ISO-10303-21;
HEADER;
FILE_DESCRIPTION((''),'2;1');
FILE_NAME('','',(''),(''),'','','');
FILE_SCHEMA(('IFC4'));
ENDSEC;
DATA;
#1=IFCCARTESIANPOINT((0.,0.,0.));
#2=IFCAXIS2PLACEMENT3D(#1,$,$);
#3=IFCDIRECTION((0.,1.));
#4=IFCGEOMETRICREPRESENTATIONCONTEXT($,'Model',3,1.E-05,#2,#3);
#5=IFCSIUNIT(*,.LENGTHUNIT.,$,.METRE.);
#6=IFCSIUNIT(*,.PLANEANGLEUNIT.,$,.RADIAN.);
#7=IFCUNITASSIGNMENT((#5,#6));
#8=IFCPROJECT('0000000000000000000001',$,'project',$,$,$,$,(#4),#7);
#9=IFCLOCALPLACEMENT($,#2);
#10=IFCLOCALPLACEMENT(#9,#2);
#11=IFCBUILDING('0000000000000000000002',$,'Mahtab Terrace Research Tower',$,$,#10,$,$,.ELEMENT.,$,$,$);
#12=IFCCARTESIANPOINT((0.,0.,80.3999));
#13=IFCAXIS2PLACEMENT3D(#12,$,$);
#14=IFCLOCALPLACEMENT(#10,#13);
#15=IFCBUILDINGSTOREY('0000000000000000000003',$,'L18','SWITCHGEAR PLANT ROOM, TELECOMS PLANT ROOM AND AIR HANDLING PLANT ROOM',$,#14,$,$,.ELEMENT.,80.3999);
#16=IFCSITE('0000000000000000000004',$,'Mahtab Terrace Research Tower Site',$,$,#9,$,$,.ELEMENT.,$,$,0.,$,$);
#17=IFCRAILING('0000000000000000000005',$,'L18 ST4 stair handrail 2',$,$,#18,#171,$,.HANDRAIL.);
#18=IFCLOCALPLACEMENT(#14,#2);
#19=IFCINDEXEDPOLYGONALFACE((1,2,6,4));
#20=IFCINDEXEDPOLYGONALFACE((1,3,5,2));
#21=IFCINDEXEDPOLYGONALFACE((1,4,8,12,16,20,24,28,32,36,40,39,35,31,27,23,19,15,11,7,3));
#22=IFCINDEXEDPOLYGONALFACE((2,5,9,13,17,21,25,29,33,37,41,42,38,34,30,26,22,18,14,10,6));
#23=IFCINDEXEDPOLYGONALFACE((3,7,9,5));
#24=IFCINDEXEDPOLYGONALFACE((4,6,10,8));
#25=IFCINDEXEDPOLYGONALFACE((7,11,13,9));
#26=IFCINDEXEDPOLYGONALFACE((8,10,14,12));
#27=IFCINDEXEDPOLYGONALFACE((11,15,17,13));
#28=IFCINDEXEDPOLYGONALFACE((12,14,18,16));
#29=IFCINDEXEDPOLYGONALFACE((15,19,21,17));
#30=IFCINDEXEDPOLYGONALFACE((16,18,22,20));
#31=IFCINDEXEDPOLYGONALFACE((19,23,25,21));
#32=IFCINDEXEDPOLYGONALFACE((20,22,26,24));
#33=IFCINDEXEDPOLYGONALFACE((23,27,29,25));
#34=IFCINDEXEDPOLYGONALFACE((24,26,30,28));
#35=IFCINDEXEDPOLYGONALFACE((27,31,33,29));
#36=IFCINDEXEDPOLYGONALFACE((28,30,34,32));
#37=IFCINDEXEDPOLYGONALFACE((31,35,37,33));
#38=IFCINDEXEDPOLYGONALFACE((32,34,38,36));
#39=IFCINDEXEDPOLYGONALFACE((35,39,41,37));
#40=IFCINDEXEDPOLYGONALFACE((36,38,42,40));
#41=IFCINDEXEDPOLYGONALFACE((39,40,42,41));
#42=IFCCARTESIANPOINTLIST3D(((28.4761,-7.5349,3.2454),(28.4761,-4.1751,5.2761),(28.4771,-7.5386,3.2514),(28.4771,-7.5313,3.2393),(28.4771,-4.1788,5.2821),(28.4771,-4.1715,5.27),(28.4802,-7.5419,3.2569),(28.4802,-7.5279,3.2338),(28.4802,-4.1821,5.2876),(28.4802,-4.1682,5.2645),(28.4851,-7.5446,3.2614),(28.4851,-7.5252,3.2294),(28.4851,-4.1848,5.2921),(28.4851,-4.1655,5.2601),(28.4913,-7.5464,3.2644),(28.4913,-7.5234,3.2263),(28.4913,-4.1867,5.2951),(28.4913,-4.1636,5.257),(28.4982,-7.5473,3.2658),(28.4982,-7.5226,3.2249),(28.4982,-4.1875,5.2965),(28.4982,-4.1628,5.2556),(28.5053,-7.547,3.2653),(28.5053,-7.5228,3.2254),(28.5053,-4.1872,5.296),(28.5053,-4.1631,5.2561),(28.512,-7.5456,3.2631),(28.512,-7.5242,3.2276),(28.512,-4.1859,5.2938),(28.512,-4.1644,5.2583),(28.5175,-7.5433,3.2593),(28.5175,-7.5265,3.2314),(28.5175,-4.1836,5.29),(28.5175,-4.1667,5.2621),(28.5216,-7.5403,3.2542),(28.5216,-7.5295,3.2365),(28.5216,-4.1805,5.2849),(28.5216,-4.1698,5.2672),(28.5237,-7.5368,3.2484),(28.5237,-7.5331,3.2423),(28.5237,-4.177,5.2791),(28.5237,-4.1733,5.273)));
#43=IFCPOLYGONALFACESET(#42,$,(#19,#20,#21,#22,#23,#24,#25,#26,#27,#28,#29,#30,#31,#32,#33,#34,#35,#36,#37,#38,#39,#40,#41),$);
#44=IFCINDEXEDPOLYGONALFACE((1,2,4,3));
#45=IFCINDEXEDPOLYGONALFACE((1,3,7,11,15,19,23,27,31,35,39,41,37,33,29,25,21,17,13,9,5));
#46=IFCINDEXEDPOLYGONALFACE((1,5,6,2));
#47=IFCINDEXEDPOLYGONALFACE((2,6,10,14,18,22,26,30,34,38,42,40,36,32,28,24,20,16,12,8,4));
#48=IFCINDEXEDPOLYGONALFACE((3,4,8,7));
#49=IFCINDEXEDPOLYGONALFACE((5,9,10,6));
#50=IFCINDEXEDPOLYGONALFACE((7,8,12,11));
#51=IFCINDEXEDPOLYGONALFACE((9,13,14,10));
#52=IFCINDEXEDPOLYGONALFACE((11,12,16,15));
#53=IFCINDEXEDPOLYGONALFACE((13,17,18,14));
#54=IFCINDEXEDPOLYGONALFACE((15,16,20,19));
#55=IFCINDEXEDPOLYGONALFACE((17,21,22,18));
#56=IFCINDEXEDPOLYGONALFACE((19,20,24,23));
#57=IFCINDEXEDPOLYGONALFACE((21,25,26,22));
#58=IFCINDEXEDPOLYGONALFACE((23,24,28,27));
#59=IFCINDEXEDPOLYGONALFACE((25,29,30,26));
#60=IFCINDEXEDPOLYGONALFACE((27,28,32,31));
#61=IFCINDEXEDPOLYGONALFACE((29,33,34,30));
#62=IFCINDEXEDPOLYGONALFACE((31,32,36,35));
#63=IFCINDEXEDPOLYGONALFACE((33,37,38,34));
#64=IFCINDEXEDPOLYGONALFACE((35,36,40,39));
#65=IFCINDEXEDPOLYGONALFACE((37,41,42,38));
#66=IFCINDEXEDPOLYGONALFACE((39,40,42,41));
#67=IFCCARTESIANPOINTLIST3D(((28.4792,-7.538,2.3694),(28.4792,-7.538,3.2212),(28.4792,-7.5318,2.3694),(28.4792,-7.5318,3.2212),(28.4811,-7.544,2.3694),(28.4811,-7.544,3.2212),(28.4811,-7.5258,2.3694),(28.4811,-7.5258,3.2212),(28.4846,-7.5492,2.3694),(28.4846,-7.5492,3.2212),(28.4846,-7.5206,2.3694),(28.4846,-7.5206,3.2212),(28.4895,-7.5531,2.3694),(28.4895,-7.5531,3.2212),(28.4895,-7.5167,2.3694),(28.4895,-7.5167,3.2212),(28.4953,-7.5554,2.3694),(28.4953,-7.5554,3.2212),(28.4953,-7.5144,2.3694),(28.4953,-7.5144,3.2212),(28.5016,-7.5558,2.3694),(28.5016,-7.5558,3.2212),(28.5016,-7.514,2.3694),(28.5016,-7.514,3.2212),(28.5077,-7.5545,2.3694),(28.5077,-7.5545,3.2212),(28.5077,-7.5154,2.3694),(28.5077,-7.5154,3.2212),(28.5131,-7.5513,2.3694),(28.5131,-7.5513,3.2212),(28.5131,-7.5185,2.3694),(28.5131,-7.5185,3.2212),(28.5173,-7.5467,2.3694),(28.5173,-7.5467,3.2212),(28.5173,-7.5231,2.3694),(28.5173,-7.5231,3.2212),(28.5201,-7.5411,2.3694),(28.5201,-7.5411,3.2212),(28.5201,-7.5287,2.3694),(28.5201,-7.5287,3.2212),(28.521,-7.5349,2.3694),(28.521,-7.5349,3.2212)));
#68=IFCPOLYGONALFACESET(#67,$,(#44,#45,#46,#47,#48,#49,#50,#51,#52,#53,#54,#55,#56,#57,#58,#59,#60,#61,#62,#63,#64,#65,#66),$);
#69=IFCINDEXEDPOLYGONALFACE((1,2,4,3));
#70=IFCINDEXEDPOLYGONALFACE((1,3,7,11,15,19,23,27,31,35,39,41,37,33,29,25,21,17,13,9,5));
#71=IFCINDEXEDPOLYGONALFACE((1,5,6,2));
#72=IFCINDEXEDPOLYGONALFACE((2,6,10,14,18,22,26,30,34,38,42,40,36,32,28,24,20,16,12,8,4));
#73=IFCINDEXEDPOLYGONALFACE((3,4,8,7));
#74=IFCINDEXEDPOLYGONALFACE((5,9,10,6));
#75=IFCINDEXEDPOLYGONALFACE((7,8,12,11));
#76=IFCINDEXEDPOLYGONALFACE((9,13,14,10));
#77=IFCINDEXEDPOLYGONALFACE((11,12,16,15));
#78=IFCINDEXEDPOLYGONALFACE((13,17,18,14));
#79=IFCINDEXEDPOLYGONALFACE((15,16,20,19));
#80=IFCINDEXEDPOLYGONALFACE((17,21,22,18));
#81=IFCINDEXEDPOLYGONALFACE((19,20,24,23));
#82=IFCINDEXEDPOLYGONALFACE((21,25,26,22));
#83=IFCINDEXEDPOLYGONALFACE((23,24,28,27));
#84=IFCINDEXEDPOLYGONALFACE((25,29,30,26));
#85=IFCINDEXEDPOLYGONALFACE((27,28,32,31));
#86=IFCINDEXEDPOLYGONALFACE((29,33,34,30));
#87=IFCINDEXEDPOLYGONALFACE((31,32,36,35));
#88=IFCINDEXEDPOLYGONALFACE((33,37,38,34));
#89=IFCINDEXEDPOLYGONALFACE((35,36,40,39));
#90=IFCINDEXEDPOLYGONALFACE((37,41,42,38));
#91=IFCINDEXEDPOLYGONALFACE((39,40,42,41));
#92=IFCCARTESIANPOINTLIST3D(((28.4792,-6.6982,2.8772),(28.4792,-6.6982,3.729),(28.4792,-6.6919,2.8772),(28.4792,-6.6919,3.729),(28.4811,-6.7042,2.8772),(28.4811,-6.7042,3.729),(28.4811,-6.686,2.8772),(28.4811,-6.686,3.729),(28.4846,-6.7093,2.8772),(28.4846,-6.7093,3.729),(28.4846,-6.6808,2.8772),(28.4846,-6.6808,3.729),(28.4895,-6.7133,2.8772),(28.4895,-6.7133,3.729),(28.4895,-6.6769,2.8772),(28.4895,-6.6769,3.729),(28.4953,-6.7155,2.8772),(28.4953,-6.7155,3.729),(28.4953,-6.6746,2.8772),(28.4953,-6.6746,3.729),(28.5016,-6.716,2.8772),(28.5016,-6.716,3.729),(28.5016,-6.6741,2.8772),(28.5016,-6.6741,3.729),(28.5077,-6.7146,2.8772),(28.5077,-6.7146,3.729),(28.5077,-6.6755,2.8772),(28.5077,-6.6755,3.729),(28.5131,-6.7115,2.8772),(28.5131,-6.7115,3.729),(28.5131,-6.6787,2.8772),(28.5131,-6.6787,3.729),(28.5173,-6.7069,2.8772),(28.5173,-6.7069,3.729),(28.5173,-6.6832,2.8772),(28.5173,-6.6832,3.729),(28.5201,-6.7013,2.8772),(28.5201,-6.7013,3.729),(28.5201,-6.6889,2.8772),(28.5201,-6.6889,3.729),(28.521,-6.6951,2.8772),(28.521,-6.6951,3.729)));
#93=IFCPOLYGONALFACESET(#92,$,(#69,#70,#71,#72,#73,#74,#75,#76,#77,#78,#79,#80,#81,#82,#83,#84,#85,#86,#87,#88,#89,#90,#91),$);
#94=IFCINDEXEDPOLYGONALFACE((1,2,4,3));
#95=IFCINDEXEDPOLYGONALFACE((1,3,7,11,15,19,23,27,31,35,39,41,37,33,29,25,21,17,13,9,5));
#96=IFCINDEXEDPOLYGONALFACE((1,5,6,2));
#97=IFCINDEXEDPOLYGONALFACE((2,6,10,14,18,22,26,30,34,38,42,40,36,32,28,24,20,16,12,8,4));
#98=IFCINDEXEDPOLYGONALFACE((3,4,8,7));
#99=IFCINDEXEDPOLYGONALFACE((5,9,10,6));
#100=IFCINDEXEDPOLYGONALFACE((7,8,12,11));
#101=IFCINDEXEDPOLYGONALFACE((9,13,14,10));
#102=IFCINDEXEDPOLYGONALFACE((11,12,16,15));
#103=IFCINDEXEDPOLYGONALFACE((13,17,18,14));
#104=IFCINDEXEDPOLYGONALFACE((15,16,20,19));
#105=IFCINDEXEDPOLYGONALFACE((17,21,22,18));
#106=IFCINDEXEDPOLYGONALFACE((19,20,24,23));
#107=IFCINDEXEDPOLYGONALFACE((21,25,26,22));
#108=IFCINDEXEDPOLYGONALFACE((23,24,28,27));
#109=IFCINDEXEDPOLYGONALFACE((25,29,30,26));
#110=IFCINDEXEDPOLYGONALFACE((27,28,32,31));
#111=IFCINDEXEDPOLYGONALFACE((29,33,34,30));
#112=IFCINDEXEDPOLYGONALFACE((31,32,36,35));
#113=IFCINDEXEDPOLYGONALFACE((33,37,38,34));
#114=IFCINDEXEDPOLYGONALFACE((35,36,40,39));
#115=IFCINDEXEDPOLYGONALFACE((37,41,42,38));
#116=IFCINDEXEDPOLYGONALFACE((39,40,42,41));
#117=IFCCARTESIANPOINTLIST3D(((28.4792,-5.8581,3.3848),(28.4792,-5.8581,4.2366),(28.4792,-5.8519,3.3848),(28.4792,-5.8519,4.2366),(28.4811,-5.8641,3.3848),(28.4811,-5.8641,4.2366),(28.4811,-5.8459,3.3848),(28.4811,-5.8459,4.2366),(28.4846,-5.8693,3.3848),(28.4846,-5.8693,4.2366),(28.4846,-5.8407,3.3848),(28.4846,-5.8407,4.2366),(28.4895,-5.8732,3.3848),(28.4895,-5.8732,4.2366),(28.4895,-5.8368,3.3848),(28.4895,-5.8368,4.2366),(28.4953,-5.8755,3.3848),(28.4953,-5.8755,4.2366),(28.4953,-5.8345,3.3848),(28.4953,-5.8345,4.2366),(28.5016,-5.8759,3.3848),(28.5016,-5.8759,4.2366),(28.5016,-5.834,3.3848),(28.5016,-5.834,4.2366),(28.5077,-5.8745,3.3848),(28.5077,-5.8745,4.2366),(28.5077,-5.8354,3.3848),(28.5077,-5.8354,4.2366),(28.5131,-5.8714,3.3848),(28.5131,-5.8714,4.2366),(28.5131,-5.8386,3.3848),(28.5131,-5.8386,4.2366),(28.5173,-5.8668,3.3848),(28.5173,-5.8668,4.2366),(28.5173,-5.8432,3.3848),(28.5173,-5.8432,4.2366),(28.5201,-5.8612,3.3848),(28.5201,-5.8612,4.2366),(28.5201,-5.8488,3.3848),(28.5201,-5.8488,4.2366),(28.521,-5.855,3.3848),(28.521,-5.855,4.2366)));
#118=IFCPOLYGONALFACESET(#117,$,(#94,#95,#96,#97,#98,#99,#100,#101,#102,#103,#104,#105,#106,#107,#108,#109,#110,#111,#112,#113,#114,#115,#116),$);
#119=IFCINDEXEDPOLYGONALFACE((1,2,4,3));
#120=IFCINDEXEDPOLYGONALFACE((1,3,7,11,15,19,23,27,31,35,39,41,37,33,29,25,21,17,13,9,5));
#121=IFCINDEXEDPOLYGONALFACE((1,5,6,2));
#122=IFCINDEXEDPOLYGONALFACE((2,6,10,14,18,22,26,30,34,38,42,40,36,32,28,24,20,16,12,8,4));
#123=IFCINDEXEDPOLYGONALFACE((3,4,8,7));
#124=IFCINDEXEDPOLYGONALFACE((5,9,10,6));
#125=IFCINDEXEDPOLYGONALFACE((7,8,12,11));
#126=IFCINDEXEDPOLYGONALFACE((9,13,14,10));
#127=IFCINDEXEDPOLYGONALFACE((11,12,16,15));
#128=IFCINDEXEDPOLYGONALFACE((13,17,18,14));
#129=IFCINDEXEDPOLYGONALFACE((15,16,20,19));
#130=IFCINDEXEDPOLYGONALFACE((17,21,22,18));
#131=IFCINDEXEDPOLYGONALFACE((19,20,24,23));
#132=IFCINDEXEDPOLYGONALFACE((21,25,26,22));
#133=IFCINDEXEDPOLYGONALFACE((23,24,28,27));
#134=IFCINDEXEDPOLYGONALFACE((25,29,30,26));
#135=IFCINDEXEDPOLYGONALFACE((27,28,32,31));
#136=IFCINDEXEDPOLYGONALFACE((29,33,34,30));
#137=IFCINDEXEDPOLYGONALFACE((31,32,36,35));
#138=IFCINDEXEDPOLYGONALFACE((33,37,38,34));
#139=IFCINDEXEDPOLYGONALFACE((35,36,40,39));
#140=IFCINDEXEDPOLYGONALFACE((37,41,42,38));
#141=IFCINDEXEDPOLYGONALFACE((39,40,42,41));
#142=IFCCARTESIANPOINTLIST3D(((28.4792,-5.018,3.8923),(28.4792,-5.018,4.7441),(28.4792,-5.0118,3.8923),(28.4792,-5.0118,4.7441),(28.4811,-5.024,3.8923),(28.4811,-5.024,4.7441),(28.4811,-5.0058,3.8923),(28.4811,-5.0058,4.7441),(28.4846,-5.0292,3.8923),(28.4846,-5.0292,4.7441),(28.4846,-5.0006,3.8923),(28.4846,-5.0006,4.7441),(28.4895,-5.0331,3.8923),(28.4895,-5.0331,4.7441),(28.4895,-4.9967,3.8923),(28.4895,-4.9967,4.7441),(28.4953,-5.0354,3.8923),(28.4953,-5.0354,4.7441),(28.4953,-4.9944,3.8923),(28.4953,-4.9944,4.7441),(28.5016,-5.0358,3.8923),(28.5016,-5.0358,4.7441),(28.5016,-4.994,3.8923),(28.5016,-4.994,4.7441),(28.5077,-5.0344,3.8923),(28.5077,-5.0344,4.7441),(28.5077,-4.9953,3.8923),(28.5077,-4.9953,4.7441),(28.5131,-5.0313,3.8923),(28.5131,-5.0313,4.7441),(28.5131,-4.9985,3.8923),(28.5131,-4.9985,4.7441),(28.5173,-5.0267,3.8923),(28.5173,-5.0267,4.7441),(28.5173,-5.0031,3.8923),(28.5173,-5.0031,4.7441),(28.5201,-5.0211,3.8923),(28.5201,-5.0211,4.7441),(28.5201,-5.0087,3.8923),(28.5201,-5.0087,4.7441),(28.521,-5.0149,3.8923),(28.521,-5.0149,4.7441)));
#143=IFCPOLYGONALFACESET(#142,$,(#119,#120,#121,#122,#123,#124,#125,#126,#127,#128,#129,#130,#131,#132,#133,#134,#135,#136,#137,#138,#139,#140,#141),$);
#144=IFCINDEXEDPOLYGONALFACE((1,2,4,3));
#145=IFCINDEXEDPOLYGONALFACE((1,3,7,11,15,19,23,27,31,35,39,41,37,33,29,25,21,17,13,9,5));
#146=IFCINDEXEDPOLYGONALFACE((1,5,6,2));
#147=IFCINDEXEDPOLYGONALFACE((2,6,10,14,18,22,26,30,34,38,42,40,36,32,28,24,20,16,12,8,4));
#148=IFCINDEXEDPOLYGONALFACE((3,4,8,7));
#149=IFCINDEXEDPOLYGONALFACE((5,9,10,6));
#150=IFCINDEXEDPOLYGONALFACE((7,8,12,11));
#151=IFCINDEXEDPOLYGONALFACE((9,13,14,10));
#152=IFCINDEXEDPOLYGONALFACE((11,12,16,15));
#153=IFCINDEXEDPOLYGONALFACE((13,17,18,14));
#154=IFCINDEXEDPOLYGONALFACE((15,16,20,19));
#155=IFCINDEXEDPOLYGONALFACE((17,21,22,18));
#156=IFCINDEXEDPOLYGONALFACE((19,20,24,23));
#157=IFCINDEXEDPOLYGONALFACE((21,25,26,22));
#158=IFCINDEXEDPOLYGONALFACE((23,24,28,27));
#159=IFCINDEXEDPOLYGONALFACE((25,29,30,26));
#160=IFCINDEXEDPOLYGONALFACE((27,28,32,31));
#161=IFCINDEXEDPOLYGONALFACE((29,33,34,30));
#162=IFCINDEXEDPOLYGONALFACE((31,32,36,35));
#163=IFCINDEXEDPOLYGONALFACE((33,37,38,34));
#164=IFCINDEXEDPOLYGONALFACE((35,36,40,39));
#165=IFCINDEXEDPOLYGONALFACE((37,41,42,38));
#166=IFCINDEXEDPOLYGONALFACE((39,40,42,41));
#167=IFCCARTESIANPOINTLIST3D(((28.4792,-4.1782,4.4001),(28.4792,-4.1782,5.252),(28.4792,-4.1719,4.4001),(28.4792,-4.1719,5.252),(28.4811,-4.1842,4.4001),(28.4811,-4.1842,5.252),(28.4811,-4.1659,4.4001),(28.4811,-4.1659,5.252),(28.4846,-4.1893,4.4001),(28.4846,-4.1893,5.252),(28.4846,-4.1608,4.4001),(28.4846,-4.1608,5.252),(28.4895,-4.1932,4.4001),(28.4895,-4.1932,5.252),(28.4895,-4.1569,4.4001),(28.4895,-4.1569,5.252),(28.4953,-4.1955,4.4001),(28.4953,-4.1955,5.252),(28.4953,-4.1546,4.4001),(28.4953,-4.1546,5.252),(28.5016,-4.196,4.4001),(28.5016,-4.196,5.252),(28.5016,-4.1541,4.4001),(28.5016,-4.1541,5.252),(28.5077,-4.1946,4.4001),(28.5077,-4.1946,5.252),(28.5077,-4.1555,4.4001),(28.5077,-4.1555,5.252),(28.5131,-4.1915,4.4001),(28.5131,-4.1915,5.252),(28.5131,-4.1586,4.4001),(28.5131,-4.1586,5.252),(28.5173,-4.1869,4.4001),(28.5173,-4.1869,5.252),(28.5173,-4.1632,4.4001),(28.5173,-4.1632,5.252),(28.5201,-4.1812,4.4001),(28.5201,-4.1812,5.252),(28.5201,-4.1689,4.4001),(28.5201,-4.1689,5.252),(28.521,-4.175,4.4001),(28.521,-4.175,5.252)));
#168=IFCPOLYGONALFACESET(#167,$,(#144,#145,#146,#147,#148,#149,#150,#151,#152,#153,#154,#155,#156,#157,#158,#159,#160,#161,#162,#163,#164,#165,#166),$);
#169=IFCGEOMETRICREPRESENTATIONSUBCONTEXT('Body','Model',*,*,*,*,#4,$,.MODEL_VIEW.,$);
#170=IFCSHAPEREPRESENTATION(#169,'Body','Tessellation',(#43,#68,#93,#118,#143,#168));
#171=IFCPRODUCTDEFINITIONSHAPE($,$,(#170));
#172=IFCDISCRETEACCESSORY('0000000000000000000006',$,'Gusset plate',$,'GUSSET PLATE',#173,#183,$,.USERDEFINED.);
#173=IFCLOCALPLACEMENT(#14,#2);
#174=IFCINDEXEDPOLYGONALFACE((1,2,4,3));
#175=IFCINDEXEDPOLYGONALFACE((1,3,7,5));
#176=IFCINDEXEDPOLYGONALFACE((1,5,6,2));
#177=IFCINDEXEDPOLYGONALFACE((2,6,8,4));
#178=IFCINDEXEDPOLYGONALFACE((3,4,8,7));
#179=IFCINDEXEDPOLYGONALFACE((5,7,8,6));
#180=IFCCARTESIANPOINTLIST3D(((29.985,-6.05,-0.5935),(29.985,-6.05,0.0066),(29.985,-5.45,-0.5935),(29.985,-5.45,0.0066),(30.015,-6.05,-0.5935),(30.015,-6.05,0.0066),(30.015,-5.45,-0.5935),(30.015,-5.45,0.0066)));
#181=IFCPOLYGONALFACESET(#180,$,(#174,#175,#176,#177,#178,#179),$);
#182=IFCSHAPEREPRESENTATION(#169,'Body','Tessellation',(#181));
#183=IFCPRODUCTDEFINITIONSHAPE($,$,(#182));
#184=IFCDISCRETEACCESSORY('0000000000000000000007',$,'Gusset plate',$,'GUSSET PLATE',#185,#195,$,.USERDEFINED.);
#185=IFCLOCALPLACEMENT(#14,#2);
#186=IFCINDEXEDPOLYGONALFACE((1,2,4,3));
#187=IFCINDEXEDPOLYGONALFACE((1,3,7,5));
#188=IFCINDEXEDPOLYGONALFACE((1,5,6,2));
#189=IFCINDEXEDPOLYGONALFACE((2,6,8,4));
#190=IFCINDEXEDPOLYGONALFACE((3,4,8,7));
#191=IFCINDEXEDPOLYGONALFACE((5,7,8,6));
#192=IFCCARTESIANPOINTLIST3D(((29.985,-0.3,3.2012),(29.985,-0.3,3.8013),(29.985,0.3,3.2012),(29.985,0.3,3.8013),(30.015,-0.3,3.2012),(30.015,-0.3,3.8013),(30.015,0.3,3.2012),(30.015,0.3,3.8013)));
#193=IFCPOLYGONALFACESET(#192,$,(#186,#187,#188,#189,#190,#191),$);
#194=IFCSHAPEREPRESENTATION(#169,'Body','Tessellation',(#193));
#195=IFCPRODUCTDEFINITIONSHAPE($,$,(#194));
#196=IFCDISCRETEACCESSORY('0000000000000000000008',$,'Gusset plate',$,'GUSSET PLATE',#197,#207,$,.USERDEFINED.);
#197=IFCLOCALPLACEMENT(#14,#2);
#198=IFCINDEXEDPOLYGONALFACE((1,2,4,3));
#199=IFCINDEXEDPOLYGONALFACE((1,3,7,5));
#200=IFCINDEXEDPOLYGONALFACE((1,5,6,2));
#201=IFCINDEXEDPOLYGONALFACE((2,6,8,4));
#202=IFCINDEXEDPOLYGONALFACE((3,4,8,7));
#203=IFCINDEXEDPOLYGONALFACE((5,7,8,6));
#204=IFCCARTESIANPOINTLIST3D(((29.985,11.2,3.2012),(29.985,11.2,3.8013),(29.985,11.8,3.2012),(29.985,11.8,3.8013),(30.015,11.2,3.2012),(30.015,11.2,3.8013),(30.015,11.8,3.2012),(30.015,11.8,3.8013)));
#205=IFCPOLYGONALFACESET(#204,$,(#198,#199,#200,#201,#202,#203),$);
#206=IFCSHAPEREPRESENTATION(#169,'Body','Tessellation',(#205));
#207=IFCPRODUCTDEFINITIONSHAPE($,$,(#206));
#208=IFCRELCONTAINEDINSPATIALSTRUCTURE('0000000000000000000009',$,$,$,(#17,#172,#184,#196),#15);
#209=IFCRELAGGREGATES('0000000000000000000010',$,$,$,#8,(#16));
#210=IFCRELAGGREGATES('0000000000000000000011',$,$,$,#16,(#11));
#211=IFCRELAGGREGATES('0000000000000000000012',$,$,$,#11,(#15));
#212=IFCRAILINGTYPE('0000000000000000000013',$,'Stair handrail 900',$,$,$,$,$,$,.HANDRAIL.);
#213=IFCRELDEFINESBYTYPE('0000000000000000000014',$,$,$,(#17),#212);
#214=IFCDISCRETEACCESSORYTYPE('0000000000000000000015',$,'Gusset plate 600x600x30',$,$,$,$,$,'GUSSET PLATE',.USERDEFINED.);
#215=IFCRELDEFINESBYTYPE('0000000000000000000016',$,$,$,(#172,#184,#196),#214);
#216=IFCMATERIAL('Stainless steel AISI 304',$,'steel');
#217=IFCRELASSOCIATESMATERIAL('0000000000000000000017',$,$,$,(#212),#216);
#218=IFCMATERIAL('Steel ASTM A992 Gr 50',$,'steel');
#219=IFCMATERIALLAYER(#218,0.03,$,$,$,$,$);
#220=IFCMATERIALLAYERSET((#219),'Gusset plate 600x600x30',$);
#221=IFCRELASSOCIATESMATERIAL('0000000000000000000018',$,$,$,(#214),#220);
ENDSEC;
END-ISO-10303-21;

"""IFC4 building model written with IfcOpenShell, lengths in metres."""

from ifc_helpers import new_model, si_unit, direction, frame, origin, origin_2d, place, context, subcontext, project, spatial, rectangle, circle, extrude, material, layer, layer_set, type_object, element, save


model = new_model("IFC4")

# Units and contexts
model_context = context("Model", 3, precision=1e-05, world=origin(), true_north=direction((0.0, 1.0)))
body_context = subcontext(model_context, "Body", "Model", "MODEL_VIEW")
ifc_project = project(units=[si_unit("LENGTHUNIT", "METRE"), si_unit("PLANEANGLEUNIT", "RADIAN")], contexts=[model_context])

# Site, building, storey
site_placement = place(None, origin())
site = spatial("IfcSite", under=ifc_project, at=site_placement, Name="Mahtab Terrace Research Tower Site", CompositionType="ELEMENT", RefElevation=0.0)
building_placement = place(site_placement, origin())
building = spatial("IfcBuilding", under=site, at=building_placement, Name="Mahtab Terrace Research Tower", CompositionType="ELEMENT")
storey_placement = place(building_placement, frame((0.0, 0.0, 80.3999)))
storey = spatial("IfcBuildingStorey", under=building, at=storey_placement, Name="L18", Description="SWITCHGEAR PLANT ROOM, TELECOMS PLANT ROOM AND AIR HANDLING PLANT ROOM", CompositionType="ELEMENT", Elevation=80.3999)

# Shared definitions
ifc_material_1 = material(Name="Steel ASTM A992 Gr 50", Category="steel")

# Shared definitions
ifc_material_2 = material(Name="Stainless steel AISI 304", Category="steel")

# Railing
railing_type_1 = type_object("IfcRailingType", Name="Stair handrail 900", PredefinedType="HANDRAIL", material=ifc_material_2)
railing_1_placement = place(storey_placement, frame((28.5, -7.5349, 2.3694)))
element("IfcRailing", 1, at=railing_1_placement, inside=storey, type_object=railing_type_1, Name="L18 ST4 stair handrail 2", PredefinedType="HANDRAIL", context=body_context, shape_type="SweptSolid", body=[
    extrude(circle(Radius=0.0239, at=origin_2d()), frame((0.0, 0.0, 0.876), z_axis=(0.0, 0.85582, 0.517273), x_axis=(-1.0, 0.0, 0.0)), (0.0, 0.0, 1.0), 3.9258),
    extrude(circle(Radius=0.021, at=origin_2d()), origin(), (0.0, 0.0, 1.0), 0.8518),
    extrude(circle(Radius=0.021, at=origin_2d()), frame((0.0, 0.8398, 0.5078)), (0.0, 0.0, 1.0), 0.8518),
    extrude(circle(Radius=0.021, at=origin_2d()), frame((0.0, 1.6799, 1.0154)), (0.0, 0.0, 1.0), 0.8518),
    extrude(circle(Radius=0.021, at=origin_2d()), frame((0.0, 2.52, 1.5229)), (0.0, 0.0, 1.0), 0.8518),
    extrude(circle(Radius=0.021, at=origin_2d()), frame((0.0, 3.3599, 2.0308)), (0.0, 0.0, 1.0), 0.8518),
])

# Discrete accessories
ifc_layer_1 = layer(ifc_material_1, 0.03)
ifc_layer_set_1 = layer_set([ifc_layer_1], Name="Gusset plate 600x600x30")
discrete_accessory_type = type_object("IfcDiscreteAccessoryType", Name="Gusset plate 600x600x30", ElementType="GUSSET PLATE", PredefinedType="USERDEFINED", material=ifc_layer_set_1)
for number, where, z_axis, x_axis, name in (
    (2, (30.0, -5.75, -0.5935), (0.0, 0.0, 1.0), (0.0, 1.0, 0.0), "Gusset plate"),
    (3, (30.0, 0.0, 3.2012), (0.0, 0.0, 1.0), (0.0, 1.0, 0.0), "Gusset plate"),
    (4, (30.0, 11.5, 3.2012), (0.0, 0.0, 1.0), (0.0, 1.0, 0.0), "Gusset plate"),
):
    element("IfcDiscreteAccessory", number, at=place(storey_placement, frame(where, z_axis=z_axis, x_axis=x_axis)), inside=storey, type_object=discrete_accessory_type, Name=name, ObjectType="GUSSET PLATE", PredefinedType="USERDEFINED", context=body_context, shape_type="SweptSolid", body=[
        extrude(rectangle(XDim=0.6001, YDim=0.03, at=origin_2d()), origin(), (0.0, 0.0, 1.0), 0.6001),
    ])

save(model, "model.ifc")
